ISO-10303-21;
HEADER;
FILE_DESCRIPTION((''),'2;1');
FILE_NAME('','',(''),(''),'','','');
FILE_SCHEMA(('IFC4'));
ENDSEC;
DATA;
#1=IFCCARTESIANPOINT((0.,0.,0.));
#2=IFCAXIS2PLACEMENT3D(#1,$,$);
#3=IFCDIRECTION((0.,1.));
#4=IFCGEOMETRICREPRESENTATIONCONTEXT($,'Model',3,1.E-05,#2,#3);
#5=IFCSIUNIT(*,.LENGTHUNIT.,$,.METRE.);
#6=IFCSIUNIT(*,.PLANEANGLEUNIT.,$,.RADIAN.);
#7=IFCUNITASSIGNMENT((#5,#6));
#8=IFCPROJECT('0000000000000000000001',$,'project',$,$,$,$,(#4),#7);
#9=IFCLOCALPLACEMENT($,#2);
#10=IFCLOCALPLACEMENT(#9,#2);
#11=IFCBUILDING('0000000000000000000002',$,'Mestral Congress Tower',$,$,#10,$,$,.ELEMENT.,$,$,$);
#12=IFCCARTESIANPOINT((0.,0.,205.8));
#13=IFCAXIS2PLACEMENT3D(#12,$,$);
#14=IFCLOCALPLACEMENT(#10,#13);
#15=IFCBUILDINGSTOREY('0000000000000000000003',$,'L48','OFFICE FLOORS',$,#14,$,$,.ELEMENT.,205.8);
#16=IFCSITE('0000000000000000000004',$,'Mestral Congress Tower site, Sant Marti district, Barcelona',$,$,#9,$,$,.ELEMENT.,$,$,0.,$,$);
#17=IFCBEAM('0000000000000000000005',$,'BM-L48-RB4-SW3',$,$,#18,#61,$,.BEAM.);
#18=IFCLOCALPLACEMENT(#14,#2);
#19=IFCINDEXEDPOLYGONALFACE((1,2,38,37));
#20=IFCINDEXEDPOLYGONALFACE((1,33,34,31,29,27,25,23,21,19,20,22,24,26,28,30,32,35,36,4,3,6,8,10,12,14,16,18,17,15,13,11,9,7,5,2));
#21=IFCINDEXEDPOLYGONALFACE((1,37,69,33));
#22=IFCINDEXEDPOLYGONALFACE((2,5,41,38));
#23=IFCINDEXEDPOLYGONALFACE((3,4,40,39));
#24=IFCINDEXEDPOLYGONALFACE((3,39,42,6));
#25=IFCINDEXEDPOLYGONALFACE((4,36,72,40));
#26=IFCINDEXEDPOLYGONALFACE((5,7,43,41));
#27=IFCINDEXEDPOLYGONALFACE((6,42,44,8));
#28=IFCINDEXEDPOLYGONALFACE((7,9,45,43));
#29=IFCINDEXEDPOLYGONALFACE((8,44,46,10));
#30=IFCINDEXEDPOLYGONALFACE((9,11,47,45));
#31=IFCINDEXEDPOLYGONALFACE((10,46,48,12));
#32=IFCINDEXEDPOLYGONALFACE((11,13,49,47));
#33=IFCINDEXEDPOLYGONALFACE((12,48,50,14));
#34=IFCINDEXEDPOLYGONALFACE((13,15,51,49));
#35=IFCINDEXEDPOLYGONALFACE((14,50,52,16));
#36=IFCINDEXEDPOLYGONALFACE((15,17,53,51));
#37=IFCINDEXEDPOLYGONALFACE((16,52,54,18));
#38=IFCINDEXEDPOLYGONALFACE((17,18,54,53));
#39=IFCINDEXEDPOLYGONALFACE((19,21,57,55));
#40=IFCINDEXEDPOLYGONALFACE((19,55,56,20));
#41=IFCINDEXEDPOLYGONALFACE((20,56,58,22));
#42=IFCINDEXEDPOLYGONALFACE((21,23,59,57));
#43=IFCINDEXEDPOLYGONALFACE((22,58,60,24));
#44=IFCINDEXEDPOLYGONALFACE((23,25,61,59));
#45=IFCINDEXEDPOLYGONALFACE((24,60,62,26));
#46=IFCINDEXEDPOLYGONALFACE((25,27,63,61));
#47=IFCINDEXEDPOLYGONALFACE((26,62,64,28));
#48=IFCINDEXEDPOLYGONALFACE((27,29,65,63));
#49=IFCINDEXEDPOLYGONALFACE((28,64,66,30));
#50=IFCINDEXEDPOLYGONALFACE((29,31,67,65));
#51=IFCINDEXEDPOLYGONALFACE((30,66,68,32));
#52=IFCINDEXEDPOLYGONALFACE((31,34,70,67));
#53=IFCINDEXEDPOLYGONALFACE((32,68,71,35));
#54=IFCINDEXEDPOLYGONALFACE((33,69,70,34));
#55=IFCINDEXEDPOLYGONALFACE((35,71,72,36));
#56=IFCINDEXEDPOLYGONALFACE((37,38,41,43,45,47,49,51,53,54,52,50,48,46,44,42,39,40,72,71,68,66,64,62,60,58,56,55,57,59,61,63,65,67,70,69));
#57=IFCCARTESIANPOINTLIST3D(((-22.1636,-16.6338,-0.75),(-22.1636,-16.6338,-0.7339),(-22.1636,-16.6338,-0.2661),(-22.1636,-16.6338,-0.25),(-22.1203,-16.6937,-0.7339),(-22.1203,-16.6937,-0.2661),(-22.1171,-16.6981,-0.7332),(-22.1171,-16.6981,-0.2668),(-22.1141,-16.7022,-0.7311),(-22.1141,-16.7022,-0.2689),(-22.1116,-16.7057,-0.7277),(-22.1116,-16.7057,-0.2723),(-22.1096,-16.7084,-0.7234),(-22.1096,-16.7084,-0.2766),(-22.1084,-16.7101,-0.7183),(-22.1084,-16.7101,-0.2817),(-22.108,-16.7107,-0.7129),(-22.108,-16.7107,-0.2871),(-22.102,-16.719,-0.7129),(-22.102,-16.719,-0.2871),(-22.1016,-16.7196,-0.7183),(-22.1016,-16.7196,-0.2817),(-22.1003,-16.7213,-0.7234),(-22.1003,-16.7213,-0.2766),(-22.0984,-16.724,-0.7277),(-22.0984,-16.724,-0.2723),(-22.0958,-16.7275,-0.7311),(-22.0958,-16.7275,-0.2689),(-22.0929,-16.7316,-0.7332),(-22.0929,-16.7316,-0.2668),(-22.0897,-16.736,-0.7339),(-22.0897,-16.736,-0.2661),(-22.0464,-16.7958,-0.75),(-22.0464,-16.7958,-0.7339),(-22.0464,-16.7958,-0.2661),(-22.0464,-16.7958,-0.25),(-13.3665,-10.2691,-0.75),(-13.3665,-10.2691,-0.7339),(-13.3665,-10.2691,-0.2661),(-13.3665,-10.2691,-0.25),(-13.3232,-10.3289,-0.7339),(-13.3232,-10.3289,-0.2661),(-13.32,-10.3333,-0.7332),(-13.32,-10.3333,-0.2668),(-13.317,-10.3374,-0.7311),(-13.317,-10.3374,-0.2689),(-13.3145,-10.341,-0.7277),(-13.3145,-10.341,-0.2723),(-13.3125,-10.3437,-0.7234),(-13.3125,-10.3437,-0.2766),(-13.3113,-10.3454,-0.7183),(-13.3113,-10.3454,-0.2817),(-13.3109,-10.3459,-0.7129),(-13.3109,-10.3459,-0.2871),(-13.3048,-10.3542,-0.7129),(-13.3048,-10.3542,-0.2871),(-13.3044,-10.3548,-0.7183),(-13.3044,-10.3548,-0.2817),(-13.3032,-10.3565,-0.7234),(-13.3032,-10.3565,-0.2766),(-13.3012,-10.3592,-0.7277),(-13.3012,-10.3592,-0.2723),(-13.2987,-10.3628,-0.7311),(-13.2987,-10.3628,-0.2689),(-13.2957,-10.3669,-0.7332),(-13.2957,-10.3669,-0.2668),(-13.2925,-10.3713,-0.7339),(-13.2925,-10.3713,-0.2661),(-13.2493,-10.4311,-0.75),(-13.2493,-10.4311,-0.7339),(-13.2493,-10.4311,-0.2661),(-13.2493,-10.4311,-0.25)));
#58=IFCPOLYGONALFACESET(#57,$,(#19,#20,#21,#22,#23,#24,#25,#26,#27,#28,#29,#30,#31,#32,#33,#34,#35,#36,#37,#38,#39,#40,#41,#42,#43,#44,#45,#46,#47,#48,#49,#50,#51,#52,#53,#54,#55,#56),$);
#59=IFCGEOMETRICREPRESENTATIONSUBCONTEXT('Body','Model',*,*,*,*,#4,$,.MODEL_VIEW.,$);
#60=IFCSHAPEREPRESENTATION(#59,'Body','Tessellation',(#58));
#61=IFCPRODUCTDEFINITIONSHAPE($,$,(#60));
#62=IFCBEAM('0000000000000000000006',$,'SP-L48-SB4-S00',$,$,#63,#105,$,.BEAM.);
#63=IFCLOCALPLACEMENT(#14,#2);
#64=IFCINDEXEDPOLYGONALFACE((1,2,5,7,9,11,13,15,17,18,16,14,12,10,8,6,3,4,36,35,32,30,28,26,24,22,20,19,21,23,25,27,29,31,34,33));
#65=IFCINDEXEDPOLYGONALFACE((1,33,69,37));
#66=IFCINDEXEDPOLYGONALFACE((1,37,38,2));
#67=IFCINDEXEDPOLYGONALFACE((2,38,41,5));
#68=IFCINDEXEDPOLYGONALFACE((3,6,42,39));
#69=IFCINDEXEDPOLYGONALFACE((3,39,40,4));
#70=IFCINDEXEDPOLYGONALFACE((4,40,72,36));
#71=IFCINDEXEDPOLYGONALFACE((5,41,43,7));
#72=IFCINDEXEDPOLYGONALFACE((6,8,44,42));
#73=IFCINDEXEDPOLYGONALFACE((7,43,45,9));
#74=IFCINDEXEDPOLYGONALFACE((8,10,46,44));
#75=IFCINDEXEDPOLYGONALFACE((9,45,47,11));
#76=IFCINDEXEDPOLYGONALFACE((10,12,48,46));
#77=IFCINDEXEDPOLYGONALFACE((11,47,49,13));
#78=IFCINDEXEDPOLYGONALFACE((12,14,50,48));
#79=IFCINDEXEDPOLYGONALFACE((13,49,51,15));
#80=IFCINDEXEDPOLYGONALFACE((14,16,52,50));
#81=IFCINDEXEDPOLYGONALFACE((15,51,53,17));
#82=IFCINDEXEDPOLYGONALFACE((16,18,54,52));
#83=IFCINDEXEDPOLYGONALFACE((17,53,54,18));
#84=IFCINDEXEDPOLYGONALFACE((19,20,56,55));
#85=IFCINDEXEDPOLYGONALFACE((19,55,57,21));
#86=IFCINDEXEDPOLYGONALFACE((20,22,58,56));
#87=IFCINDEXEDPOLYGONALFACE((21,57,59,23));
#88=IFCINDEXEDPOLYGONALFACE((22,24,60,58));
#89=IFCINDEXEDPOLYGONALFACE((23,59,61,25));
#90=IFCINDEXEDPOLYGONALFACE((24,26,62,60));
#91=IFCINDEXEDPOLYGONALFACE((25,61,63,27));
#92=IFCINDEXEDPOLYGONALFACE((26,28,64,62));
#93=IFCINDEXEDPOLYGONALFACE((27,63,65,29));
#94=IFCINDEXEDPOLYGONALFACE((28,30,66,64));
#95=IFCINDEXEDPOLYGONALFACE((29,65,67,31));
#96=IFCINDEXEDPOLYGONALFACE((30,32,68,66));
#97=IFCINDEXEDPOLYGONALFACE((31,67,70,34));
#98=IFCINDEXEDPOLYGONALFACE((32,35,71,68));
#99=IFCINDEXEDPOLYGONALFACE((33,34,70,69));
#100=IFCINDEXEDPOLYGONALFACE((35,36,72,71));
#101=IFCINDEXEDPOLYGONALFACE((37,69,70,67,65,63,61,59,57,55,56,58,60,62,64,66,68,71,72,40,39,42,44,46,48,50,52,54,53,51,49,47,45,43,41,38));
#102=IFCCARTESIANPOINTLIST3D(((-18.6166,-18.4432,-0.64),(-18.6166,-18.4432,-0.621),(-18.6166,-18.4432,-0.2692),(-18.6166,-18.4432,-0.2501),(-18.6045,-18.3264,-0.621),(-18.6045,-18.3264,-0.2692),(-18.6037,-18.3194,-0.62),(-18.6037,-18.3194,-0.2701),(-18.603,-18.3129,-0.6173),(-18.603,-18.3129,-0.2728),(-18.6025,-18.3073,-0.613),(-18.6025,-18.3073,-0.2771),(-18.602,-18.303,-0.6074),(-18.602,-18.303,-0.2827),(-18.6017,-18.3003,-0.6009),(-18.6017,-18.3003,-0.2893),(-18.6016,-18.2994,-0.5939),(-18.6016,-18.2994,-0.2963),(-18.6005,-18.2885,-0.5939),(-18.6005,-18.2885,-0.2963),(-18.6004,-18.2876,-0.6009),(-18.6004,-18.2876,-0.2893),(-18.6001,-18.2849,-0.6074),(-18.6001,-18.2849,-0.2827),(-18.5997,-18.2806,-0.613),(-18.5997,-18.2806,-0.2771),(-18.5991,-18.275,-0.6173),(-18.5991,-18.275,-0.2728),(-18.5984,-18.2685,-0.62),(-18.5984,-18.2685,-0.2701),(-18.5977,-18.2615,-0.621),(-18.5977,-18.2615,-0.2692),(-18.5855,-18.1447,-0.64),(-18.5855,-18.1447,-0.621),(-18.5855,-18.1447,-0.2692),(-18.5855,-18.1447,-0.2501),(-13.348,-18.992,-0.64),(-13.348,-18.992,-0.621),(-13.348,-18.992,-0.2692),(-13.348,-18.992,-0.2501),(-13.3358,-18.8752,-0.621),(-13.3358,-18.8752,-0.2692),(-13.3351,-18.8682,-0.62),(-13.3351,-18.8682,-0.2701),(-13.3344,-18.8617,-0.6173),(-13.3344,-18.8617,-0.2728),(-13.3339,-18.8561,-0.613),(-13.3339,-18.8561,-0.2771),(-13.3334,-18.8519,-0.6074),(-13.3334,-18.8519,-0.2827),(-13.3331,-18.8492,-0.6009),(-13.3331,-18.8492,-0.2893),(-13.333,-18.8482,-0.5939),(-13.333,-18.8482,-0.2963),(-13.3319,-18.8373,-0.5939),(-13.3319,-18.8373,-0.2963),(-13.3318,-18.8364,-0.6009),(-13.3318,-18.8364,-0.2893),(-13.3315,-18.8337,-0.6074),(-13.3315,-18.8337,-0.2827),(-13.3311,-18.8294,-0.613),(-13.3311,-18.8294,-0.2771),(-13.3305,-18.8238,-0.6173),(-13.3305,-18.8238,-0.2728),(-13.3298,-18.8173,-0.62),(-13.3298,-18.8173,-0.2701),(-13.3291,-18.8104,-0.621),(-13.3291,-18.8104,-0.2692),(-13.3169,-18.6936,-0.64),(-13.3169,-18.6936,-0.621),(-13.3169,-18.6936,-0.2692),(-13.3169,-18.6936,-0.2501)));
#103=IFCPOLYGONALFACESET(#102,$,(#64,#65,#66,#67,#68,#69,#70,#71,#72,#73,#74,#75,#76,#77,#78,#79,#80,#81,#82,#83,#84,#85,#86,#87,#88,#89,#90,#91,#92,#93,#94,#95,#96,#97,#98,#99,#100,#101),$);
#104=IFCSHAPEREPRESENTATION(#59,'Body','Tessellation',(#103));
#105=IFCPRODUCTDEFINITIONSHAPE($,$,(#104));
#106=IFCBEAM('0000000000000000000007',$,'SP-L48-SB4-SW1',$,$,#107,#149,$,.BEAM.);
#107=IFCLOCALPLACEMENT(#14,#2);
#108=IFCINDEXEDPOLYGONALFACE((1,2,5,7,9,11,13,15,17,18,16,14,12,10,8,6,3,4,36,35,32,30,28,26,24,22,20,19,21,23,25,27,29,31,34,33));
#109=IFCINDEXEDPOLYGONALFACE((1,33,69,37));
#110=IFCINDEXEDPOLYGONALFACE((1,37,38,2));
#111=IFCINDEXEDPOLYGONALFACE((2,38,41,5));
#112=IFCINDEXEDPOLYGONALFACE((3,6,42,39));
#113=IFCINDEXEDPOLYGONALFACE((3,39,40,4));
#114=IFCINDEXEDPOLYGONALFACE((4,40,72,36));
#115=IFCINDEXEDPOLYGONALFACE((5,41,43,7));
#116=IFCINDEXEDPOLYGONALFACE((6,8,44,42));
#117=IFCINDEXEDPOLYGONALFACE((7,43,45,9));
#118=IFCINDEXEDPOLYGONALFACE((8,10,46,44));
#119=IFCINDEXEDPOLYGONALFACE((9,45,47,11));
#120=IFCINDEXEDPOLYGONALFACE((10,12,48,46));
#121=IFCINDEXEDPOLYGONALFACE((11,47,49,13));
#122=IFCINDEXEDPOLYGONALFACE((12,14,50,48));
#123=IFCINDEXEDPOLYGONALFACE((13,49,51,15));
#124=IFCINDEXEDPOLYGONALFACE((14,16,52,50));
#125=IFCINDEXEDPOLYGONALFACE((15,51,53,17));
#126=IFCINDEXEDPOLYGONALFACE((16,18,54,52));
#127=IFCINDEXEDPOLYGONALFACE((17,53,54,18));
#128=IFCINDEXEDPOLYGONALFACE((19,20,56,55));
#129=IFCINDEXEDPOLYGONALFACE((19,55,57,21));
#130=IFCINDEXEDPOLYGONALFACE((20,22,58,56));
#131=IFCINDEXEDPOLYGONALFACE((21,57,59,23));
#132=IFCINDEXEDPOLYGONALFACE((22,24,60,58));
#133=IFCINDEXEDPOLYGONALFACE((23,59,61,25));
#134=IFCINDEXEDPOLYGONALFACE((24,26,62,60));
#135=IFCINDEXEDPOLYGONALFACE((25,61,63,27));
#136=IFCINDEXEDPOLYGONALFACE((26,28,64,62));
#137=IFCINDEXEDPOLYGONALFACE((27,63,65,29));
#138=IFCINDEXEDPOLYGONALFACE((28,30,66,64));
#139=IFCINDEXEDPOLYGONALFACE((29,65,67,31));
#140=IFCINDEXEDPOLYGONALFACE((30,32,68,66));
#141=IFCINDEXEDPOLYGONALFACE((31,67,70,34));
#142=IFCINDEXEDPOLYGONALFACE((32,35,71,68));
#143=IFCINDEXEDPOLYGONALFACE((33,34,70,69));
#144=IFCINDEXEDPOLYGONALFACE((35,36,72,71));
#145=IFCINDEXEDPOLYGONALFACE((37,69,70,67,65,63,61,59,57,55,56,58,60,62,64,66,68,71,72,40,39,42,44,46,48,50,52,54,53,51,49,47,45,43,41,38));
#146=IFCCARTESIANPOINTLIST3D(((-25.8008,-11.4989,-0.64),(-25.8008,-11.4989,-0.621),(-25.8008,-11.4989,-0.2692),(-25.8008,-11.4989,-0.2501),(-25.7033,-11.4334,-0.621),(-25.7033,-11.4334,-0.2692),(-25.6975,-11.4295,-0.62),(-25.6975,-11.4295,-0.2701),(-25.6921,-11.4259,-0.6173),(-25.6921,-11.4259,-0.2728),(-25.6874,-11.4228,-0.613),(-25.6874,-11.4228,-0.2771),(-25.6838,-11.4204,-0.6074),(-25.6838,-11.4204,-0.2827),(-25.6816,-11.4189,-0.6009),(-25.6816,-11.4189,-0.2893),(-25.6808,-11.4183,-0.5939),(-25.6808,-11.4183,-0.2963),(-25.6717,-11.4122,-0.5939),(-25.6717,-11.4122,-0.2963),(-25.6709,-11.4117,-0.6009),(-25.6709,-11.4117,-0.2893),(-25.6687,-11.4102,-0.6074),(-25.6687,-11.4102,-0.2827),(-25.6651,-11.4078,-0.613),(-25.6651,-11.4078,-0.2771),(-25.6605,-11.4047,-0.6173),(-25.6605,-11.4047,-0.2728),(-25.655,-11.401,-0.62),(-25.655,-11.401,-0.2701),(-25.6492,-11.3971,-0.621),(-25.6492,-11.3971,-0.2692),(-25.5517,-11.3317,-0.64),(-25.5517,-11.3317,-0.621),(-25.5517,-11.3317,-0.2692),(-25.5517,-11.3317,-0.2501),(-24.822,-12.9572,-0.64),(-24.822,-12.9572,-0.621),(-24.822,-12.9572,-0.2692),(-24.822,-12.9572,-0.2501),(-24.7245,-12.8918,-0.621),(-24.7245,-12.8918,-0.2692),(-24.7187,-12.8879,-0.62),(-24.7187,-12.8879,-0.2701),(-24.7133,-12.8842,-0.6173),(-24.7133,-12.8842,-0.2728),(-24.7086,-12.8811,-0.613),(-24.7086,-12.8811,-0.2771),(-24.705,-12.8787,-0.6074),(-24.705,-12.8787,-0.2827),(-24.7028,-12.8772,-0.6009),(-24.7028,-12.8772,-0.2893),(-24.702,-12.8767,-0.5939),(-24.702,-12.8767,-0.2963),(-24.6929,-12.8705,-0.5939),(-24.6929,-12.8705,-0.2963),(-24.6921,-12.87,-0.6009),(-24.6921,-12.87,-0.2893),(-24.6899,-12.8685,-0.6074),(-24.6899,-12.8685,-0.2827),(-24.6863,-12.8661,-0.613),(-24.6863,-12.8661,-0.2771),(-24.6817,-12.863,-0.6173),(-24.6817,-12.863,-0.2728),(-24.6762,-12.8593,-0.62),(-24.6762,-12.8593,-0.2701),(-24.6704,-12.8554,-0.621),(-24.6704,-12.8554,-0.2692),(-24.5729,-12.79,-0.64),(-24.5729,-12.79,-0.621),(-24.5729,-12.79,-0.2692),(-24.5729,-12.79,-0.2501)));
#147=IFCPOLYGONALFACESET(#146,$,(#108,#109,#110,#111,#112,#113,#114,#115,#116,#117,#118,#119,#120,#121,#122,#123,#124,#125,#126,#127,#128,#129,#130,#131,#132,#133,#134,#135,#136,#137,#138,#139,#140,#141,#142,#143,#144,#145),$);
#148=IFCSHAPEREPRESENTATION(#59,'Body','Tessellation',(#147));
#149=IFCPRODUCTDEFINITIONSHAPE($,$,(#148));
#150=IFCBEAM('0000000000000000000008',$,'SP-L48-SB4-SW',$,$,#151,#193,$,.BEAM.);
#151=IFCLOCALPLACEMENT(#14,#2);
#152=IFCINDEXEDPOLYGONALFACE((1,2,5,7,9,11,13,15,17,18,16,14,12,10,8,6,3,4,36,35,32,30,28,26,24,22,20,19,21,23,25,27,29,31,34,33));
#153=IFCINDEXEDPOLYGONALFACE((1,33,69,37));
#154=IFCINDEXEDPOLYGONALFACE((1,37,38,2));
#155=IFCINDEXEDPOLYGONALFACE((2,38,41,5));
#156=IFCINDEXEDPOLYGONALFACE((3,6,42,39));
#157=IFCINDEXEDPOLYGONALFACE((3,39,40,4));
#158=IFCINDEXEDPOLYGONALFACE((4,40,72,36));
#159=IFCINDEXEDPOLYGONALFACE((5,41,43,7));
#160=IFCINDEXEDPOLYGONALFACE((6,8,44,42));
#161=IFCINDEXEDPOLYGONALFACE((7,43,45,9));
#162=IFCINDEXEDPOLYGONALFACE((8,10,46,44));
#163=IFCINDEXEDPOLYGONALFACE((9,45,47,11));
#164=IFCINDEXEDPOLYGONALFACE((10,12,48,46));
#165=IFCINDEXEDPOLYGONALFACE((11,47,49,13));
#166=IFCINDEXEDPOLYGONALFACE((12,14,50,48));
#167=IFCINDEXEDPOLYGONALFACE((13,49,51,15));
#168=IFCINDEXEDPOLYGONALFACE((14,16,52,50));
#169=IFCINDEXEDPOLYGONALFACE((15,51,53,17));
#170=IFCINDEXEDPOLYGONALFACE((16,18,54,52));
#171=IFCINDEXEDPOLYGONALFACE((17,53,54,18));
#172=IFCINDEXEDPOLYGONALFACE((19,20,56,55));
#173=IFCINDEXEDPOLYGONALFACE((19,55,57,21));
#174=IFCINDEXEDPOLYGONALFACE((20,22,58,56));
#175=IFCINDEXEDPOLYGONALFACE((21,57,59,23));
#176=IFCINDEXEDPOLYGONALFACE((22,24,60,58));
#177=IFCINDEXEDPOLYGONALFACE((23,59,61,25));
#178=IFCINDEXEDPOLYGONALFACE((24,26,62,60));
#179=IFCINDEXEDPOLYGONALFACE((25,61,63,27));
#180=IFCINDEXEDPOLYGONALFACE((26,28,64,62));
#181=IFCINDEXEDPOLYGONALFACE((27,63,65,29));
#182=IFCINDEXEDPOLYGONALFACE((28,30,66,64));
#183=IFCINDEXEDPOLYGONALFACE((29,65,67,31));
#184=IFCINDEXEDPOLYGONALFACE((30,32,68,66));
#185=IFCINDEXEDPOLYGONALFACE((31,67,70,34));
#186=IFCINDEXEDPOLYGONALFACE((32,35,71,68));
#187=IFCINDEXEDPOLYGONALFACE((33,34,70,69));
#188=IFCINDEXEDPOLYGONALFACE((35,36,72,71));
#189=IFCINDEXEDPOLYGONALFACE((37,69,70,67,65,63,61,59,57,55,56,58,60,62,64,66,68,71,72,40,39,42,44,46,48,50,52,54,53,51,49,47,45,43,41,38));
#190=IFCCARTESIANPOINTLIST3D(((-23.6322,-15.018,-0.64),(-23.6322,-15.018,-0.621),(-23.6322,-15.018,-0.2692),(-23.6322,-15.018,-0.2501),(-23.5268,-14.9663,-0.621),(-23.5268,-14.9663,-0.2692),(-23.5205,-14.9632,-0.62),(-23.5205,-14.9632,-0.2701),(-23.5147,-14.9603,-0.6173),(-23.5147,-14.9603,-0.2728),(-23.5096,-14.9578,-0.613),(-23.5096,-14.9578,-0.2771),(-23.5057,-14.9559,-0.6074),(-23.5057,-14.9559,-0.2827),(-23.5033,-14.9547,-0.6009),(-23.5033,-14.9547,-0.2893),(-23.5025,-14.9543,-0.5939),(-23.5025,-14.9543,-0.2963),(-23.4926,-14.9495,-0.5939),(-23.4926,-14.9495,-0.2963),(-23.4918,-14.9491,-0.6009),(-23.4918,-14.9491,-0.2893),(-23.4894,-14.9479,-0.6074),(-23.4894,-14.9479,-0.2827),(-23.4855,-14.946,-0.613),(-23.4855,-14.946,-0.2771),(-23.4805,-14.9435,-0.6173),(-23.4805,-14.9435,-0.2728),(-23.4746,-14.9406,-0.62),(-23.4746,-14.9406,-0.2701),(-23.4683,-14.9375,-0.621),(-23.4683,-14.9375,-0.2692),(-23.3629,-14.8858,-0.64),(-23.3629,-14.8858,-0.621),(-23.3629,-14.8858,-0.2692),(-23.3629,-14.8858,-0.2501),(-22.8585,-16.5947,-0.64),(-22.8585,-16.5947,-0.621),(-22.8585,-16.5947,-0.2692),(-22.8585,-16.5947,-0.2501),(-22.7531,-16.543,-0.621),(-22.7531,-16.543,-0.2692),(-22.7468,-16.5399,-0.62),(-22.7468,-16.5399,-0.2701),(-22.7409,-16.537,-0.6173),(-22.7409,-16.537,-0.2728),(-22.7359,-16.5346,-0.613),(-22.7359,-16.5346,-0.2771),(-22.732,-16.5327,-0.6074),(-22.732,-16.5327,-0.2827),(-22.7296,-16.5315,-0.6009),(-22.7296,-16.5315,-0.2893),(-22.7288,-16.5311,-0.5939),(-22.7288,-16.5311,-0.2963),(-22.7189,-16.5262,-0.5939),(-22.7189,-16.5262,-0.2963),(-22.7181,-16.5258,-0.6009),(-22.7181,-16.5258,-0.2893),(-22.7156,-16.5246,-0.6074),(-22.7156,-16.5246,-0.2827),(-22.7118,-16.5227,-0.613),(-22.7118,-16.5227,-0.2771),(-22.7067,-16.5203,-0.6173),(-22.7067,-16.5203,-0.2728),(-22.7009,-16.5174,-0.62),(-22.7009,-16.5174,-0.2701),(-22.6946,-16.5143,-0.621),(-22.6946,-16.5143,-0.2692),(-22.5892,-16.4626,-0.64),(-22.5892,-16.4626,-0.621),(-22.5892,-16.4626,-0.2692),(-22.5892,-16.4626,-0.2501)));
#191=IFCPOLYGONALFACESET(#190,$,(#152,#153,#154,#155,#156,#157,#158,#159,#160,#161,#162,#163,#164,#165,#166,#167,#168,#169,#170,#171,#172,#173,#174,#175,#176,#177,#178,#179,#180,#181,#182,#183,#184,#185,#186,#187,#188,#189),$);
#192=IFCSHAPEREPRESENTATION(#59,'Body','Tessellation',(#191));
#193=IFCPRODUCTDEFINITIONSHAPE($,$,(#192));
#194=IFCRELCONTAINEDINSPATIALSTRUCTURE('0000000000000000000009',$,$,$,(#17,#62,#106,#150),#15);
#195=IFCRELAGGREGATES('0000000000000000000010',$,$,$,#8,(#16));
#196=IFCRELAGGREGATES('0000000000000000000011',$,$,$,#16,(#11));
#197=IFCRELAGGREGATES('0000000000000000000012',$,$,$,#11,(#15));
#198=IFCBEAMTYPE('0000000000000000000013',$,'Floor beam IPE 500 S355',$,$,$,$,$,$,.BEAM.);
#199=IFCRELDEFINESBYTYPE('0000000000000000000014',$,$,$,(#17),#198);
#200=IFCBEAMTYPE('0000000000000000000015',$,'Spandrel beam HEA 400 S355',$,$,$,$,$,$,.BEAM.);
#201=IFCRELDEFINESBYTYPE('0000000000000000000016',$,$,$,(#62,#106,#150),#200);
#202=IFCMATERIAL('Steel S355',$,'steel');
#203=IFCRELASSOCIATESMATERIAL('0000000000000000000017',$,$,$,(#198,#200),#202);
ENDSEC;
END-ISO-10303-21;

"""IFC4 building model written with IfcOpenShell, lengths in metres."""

from ifc_helpers import new_model, si_unit, direction, frame, origin, origin_2d, place, context, subcontext, project, spatial, i_section, extrude, material, material_profile, profile_set, type_object, element, save


model = new_model("IFC4")

# Units and contexts
model_context = context("Model", 3, precision=1e-05, world=origin(), true_north=direction((0.0, 1.0)))
body_context = subcontext(model_context, "Body", "Model", "MODEL_VIEW")
ifc_project = project(units=[si_unit("LENGTHUNIT", "METRE"), si_unit("PLANEANGLEUNIT", "RADIAN")], contexts=[model_context])

# Site, building, storey
site_placement = place(None, origin())
site = spatial("IfcSite", under=ifc_project, at=site_placement, Name="Mestral Congress Tower site, Sant Marti district, Barcelona", CompositionType="ELEMENT", RefElevation=0.0)
building_placement = place(site_placement, origin())
building = spatial("IfcBuilding", under=site, at=building_placement, Name="Mestral Congress Tower", CompositionType="ELEMENT")
storey_placement = place(building_placement, frame((0.0, 0.0, 205.8)))
storey = spatial("IfcBuildingStorey", under=building, at=storey_placement, Name="L48", Description="OFFICE FLOORS", CompositionType="ELEMENT", Elevation=205.8)

# Beams
ifc_material_1 = material(Name="Steel S355", Category="steel")
ifc_material_profile_1 = material_profile(ifc_material_1, i_section(OverallWidth=0.2, OverallDepth=0.5, WebThickness=0.0103, FlangeThickness=0.0161, FilletRadius=0.021, at=origin_2d()), Name="IPE 500")
ifc_profile_set_1 = profile_set([ifc_material_profile_1], Name="Steel S355")
beam_type_1 = type_object("IfcBeamType", Name="Floor beam IPE 500 S355", PredefinedType="BEAM", material=ifc_profile_set_1)
beam_1_placement = place(storey_placement, frame((-22.105, -16.7148, -0.5), z_axis=(0.810186, 0.586173, 0.0), x_axis=(-0.586173, 0.810186, 0.0)))
element("IfcBeam", 1, at=beam_1_placement, inside=storey, type_object=beam_type_1, Name="BM-L48-RB4-SW3", PredefinedType="BEAM", context=body_context, shape_type="SweptSolid", body=[
    extrude(i_section(OverallWidth=0.2, OverallDepth=0.5, WebThickness=0.0103, FlangeThickness=0.0161, FilletRadius=0.021, at=origin_2d()), origin(), (0.0, 0.0, 1.0), 10.8582),
])
ifc_material_profile_2 = material_profile(ifc_material_1, i_section(OverallWidth=0.3, OverallDepth=0.3899, WebThickness=0.011, FlangeThickness=0.019, FilletRadius=0.0271, at=origin_2d()), Name="HEA 400")
ifc_profile_set_2 = profile_set([ifc_material_profile_2], Name="Steel S355")
beam_type_2 = type_object("IfcBeamType", Name="Spandrel beam HEA 400 S355", PredefinedType="BEAM", material=ifc_profile_set_2)
beam_2_placement = place(storey_placement, frame((-18.6011, -18.2939, -0.4451), z_axis=(0.994618, -0.10361, 0.0), x_axis=(0.10361, 0.994618, 0.0)))
element("IfcBeam", 2, at=beam_2_placement, inside=storey, type_object=beam_type_2, Name="SP-L48-SB4-S00", PredefinedType="BEAM", context=body_context, shape_type="SweptSolid", body=[
    extrude(i_section(OverallWidth=0.3, OverallDepth=0.3899, WebThickness=0.011, FlangeThickness=0.019, FilletRadius=0.0271, at=origin_2d()), origin(), (0.0, 0.0, 1.0), 5.2971),
])
for number, where, z_axis, x_axis, name in (
    (3, (-25.6763, -11.4153, -0.4451), (0.557296, -0.830314, 0.0), (0.830314, 0.557296, 0.0), "SP-L48-SB4-SW1"),
    (4, (-23.4976, -14.9519, -0.4451), (0.440529, -0.897739, 0.0), (0.897739, 0.440529, 0.0), "SP-L48-SB4-SW"),
):
    element("IfcBeam", number, at=place(storey_placement, frame(where, z_axis=z_axis, x_axis=x_axis)), inside=storey, type_object=beam_type_2, Name=name, PredefinedType="BEAM", context=body_context, shape_type="SweptSolid", body=[
        extrude(i_section(OverallWidth=0.3, OverallDepth=0.3899, WebThickness=0.011, FlangeThickness=0.019, FilletRadius=0.0271, at=origin_2d()), origin(), (0.0, 0.0, 1.0), 1.7563),
    ])

save(model, "model.ifc")
